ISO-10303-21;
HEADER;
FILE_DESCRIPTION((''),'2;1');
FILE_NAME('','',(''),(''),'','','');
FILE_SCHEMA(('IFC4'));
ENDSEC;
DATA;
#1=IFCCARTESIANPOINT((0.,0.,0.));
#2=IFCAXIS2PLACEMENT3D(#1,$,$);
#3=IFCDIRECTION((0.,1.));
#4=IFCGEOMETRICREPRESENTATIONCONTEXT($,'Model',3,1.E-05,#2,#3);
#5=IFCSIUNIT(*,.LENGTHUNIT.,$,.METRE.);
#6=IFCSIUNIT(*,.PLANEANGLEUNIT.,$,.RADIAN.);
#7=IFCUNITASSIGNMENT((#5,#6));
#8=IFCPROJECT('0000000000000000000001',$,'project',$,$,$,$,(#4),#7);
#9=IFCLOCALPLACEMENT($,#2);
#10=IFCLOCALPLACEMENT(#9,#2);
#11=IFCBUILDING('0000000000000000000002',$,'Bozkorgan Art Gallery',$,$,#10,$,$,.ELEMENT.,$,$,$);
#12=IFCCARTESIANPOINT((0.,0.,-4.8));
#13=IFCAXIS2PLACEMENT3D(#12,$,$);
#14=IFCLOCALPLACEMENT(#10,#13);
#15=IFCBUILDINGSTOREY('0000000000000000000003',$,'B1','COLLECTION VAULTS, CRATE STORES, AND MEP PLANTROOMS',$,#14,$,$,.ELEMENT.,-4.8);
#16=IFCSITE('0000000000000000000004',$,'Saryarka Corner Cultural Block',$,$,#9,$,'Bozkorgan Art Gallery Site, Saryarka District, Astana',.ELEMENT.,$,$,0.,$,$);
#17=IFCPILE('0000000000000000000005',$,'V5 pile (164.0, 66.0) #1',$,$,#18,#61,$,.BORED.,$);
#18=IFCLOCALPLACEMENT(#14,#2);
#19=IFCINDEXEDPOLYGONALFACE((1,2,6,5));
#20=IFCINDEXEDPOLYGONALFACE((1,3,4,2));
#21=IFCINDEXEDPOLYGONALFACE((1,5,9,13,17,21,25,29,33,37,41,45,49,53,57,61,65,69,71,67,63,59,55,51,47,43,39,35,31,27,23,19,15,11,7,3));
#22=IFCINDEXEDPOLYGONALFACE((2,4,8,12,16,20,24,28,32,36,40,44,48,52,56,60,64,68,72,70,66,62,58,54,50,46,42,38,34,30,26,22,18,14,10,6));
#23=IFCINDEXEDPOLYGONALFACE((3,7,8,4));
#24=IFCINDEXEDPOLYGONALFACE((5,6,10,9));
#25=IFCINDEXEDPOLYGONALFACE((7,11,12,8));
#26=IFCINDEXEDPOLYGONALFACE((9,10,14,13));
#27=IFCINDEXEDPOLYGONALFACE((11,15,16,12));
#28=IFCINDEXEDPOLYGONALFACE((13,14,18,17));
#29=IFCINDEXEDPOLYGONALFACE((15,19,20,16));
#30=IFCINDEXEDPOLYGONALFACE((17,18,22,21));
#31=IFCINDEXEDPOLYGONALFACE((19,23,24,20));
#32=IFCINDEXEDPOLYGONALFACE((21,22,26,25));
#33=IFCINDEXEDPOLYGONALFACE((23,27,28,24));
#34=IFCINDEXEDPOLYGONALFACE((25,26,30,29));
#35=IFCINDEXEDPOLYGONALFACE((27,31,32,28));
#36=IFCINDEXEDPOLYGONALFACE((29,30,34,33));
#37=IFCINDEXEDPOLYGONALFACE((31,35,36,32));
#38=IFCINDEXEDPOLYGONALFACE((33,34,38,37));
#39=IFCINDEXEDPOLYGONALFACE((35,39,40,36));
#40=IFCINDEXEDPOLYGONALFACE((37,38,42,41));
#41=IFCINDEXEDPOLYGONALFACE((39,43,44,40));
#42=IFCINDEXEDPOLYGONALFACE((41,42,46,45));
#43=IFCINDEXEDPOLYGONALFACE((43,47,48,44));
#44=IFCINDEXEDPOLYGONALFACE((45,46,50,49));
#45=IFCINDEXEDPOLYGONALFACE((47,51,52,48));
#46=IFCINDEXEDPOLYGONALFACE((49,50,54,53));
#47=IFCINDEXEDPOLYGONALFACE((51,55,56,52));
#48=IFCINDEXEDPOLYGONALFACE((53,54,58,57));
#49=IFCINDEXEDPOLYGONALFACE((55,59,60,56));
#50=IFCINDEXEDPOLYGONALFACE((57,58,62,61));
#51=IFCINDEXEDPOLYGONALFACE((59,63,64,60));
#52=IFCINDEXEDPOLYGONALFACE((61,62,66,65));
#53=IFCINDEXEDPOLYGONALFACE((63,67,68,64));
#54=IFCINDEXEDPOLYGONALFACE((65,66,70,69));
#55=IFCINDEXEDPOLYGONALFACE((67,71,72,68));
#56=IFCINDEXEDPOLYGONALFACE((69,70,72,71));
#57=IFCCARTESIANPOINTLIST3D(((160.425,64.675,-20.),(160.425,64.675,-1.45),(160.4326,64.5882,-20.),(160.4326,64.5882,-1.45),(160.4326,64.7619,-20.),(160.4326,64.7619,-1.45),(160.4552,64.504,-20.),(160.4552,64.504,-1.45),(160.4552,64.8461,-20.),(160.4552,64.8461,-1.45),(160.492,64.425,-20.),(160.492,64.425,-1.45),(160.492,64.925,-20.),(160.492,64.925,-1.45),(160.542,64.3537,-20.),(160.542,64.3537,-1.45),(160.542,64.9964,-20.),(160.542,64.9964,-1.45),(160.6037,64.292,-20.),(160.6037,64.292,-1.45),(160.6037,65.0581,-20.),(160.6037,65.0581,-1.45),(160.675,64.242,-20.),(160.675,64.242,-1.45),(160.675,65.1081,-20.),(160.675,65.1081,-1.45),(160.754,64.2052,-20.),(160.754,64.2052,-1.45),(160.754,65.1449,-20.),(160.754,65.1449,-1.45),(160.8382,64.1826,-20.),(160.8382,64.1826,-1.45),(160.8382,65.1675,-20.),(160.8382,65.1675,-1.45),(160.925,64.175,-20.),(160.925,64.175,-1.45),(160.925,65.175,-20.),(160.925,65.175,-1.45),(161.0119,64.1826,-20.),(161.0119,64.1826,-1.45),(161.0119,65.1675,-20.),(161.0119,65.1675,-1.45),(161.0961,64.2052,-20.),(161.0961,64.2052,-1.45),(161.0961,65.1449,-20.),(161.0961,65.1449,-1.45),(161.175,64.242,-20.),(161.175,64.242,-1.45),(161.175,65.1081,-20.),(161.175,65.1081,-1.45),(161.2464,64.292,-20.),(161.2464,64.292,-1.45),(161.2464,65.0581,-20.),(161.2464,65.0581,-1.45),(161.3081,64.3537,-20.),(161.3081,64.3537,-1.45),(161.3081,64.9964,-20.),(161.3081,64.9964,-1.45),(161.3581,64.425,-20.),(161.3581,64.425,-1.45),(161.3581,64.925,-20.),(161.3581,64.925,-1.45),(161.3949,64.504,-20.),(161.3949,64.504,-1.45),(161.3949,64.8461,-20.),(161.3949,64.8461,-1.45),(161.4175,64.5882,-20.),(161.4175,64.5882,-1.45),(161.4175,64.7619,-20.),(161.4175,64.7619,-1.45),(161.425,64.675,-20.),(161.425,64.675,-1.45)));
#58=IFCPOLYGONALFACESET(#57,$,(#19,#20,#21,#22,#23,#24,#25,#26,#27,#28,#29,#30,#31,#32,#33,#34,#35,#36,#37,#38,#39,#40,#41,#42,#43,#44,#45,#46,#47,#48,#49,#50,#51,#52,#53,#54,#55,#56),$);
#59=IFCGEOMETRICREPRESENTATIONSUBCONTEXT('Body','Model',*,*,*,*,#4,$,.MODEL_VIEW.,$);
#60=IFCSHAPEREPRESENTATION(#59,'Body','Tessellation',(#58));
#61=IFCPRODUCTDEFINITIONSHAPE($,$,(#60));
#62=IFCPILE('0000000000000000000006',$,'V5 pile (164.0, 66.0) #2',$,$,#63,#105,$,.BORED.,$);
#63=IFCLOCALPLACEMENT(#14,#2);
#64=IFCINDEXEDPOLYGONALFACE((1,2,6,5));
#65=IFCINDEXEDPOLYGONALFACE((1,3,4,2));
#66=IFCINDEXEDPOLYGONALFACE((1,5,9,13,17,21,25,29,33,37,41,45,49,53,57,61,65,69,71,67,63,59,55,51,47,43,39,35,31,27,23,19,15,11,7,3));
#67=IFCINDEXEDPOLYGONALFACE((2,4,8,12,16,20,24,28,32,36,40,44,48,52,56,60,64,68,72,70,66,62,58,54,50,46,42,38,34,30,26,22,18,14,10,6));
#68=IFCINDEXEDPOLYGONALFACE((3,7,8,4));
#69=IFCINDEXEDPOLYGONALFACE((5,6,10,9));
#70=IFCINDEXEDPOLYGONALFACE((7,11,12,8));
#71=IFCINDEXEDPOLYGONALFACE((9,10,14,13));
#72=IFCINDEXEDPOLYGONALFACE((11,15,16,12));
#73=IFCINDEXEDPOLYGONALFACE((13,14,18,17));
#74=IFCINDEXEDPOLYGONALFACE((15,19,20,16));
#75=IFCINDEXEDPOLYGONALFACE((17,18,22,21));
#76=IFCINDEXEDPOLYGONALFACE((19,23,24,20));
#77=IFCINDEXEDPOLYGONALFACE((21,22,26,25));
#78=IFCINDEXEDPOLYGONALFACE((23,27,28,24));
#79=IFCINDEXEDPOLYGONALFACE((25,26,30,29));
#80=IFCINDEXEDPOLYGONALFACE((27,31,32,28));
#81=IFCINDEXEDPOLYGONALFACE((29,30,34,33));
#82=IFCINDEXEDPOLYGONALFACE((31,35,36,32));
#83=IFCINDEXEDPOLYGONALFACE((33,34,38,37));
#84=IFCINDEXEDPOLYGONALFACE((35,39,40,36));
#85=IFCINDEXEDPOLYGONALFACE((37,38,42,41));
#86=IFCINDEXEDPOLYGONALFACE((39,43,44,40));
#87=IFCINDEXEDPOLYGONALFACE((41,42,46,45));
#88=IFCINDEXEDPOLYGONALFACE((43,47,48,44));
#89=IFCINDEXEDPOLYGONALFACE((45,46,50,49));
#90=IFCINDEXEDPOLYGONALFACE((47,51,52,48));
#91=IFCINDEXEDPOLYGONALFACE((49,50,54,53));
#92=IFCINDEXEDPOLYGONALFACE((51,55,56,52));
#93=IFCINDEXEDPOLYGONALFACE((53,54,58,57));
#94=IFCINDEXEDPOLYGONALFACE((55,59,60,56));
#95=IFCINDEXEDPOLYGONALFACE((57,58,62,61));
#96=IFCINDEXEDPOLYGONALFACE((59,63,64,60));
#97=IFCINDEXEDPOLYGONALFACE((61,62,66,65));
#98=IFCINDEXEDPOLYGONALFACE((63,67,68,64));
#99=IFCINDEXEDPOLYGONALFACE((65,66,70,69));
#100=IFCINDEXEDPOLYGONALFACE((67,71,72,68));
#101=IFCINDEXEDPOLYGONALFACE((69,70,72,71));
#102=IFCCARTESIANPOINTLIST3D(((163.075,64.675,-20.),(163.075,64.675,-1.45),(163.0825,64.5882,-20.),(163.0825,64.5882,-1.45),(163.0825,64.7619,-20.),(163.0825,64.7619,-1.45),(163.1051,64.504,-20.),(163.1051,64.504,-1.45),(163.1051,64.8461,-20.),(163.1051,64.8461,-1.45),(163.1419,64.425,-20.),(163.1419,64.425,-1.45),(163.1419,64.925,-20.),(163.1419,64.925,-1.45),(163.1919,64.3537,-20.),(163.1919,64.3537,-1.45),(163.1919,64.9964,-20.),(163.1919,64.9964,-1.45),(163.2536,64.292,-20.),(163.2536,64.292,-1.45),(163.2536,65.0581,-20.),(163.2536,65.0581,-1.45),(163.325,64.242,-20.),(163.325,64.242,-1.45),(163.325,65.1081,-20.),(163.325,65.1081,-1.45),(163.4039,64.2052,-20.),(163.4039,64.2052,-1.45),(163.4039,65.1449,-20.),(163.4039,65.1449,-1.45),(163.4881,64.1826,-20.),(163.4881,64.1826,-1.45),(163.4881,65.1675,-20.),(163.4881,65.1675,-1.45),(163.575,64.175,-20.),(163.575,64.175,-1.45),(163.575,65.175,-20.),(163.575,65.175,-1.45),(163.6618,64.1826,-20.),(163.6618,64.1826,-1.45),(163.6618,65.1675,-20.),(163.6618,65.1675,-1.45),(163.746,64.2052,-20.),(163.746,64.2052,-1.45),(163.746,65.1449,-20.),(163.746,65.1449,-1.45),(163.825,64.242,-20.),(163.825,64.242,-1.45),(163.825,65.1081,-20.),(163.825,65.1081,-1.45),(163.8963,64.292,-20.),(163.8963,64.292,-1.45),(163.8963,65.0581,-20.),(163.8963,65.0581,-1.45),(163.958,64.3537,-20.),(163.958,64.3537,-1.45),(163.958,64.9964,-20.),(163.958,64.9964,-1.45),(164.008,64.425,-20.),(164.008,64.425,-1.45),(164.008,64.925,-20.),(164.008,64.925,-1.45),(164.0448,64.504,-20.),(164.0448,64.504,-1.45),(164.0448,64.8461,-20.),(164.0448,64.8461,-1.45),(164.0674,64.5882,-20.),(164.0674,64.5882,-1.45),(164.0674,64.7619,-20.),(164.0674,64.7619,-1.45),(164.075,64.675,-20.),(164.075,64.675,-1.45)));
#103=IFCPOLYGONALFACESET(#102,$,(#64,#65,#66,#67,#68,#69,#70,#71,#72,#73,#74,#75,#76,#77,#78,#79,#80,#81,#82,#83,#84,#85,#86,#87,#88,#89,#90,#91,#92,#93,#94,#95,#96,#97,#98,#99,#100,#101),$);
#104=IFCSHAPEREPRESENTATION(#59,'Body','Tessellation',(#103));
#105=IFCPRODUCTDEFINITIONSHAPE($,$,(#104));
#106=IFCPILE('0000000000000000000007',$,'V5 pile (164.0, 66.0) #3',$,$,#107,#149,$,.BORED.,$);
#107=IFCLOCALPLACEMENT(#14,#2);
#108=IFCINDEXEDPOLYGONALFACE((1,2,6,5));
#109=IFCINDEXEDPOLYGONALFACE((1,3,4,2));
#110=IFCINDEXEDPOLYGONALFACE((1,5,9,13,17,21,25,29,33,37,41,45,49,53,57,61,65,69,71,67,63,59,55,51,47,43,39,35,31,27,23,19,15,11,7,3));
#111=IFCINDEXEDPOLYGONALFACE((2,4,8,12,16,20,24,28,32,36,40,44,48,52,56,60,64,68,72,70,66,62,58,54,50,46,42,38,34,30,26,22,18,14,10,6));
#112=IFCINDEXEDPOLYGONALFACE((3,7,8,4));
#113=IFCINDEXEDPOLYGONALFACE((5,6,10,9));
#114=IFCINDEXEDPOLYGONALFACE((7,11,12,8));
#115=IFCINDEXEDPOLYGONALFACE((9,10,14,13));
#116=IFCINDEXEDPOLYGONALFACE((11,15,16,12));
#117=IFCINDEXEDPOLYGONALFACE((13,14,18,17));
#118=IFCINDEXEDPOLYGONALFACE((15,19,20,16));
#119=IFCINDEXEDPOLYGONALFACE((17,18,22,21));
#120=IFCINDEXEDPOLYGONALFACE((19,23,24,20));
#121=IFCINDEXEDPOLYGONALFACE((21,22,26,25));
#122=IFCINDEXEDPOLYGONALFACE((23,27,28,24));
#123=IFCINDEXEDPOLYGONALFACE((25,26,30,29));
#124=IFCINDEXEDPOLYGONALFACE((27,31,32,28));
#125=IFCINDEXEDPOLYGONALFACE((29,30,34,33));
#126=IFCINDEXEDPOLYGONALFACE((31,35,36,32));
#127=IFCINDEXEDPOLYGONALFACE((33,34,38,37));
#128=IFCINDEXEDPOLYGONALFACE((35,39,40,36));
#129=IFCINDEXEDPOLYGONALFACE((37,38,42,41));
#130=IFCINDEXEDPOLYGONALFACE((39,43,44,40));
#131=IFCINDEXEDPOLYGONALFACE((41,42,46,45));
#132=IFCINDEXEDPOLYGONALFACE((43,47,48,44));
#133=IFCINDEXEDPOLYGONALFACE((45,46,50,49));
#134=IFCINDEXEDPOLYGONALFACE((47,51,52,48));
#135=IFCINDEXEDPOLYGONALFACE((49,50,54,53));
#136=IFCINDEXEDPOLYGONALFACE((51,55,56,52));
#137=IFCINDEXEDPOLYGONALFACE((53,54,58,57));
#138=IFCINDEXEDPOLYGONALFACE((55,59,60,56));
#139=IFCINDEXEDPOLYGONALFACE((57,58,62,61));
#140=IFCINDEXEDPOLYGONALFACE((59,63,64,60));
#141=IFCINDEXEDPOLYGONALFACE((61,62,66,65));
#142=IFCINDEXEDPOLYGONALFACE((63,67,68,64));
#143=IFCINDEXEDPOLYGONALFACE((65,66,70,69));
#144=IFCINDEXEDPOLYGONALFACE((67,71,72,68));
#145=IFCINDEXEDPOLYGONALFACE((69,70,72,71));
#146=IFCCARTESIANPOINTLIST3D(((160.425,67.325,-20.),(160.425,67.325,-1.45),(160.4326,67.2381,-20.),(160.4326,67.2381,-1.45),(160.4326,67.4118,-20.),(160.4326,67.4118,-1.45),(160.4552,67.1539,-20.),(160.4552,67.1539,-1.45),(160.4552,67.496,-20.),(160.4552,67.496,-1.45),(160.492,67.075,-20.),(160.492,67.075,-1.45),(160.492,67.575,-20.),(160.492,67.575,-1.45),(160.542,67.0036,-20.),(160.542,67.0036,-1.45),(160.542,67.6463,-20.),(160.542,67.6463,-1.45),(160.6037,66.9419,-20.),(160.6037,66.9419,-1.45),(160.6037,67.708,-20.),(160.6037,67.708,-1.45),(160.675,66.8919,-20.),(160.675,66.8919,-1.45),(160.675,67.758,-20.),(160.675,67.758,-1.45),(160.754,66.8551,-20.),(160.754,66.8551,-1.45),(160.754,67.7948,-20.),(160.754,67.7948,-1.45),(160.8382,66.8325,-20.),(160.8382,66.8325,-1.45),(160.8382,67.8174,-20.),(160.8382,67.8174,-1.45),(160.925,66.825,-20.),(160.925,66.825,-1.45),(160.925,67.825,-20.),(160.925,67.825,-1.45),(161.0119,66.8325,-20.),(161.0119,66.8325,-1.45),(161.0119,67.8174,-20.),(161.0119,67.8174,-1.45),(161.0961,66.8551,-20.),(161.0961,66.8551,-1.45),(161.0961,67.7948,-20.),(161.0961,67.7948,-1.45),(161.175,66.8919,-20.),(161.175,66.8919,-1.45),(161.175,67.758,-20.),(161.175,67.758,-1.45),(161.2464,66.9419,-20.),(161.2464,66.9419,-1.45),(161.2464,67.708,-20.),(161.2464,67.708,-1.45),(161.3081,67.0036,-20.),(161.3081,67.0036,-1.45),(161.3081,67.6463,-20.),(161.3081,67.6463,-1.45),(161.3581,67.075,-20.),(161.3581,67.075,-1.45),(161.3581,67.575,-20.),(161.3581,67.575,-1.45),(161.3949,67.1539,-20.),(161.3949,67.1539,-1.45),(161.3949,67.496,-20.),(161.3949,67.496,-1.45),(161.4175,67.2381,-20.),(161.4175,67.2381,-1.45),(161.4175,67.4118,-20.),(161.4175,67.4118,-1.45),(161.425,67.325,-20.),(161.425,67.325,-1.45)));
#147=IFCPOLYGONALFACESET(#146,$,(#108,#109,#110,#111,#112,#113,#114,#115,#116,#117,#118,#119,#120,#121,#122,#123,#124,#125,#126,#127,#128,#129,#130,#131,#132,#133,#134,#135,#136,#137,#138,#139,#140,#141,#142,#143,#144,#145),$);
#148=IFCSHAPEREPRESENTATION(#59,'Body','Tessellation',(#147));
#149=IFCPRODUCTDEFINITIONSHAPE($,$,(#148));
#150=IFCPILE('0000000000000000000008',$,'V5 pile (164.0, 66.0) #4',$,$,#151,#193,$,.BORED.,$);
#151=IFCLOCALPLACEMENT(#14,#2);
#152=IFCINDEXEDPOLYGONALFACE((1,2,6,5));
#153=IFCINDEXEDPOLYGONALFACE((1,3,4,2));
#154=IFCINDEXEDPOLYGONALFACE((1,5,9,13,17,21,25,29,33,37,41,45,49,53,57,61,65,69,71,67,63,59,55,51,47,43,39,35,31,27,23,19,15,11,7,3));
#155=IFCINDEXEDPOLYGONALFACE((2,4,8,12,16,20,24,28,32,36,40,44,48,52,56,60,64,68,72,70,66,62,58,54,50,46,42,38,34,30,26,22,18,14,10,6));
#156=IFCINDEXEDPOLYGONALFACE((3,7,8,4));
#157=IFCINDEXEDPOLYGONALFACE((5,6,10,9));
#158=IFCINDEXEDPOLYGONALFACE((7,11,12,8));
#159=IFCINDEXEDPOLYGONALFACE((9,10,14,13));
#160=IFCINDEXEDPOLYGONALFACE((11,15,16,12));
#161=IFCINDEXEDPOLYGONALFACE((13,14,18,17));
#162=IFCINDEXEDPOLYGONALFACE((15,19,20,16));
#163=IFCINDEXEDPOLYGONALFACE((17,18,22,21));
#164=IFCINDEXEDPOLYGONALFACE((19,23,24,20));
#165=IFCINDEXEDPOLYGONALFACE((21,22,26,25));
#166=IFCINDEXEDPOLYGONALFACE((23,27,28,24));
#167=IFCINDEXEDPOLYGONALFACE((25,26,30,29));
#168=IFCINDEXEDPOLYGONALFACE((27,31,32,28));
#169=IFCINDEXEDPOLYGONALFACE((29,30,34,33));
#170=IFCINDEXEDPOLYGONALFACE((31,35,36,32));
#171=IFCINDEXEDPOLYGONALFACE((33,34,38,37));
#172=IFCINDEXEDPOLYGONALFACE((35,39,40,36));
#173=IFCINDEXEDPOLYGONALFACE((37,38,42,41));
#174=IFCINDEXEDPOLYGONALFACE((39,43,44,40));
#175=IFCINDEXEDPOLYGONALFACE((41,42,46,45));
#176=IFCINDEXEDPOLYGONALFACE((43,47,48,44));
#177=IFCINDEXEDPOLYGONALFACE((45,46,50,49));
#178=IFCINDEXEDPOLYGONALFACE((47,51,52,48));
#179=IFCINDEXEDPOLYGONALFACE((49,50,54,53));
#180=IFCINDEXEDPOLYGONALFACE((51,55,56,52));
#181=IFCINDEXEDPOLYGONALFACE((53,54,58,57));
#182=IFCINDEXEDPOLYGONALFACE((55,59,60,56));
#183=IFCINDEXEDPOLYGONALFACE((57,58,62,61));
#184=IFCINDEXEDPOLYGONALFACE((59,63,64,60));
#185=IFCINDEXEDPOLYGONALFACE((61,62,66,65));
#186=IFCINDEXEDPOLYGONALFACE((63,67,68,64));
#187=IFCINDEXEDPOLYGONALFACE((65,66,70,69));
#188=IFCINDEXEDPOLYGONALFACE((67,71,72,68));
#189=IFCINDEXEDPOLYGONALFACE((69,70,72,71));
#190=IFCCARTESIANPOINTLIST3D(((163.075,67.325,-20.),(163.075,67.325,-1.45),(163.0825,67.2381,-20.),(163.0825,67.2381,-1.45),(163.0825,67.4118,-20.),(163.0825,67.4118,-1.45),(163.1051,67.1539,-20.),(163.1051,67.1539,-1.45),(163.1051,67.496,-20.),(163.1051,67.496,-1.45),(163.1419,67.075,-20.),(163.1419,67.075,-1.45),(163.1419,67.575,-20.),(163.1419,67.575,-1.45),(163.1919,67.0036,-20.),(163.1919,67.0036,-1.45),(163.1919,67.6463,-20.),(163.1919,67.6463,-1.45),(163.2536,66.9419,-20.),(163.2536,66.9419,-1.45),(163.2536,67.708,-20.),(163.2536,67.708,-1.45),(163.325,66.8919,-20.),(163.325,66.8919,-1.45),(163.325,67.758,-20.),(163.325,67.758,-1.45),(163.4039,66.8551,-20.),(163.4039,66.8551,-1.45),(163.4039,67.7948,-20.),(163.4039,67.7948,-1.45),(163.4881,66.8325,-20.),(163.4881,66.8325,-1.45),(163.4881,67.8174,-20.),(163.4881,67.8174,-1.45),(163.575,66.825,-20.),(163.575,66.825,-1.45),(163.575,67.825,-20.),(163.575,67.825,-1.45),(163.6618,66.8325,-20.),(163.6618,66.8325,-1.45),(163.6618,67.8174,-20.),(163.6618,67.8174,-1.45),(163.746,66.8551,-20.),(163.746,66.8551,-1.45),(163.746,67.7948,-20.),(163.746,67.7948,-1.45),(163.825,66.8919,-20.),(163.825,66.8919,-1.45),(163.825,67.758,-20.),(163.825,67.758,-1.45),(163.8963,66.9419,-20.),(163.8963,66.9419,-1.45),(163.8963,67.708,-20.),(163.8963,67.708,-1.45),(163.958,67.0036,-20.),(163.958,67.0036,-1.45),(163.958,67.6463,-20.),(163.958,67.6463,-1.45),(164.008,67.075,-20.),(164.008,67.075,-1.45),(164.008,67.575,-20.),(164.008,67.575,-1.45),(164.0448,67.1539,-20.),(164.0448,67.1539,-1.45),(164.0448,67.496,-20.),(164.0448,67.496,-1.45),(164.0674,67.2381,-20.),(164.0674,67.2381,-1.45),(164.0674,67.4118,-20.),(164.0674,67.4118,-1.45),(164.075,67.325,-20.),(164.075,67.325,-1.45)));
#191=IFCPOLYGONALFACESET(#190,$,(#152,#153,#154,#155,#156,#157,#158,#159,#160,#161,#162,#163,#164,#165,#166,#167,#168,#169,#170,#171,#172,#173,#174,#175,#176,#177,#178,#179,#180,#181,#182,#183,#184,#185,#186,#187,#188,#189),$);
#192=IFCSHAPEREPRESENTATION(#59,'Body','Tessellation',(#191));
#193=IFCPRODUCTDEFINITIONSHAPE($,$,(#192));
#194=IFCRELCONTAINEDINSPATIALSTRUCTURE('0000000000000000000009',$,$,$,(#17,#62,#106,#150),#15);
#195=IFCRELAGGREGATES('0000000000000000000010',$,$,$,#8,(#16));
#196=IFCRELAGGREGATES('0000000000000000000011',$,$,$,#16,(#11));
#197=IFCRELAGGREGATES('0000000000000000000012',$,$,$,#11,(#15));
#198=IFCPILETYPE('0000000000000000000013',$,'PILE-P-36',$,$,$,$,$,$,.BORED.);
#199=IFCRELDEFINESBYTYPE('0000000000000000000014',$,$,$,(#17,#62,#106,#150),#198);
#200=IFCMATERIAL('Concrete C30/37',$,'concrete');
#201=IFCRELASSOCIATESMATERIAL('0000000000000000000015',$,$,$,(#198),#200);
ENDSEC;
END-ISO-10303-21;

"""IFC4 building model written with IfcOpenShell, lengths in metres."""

from ifc_helpers import new_model, si_unit, direction, frame, origin, origin_2d, place, context, subcontext, project, spatial, circle, extrude, material, material_profile, profile_set, type_object, element, save


model = new_model("IFC4")

# Units and contexts
model_context = context("Model", 3, precision=1e-05, world=origin(), true_north=direction((0.0, 1.0)))
body_context = subcontext(model_context, "Body", "Model", "MODEL_VIEW")
ifc_project = project(units=[si_unit("LENGTHUNIT", "METRE"), si_unit("PLANEANGLEUNIT", "RADIAN")], contexts=[model_context])

# Site, building, storey
site_placement = place(None, origin())
site = spatial("IfcSite", under=ifc_project, at=site_placement, Name="Saryarka Corner Cultural Block", LongName="Bozkorgan Art Gallery Site, Saryarka District, Astana", CompositionType="ELEMENT", RefElevation=0.0)
building_placement = place(site_placement, origin())
building = spatial("IfcBuilding", under=site, at=building_placement, Name="Bozkorgan Art Gallery", CompositionType="ELEMENT")
storey_placement = place(building_placement, frame((0.0, 0.0, -4.8)))
storey = spatial("IfcBuildingStorey", under=building, at=storey_placement, Name="B1", Description="COLLECTION VAULTS, CRATE STORES, AND MEP PLANTROOMS", CompositionType="ELEMENT", Elevation=-4.8)

# Shared definitions
ifc_material_1 = material(Name="Concrete C30/37", Category="concrete")

# Piles
ifc_material_profile_1 = material_profile(ifc_material_1, circle(Radius=0.5, at=origin_2d()), Name="PILE D1000")
ifc_profile_set_1 = profile_set([ifc_material_profile_1], Name="Concrete C30/37")
pile_type = type_object("IfcPileType", Name="PILE-P-36", PredefinedType="BORED", material=ifc_profile_set_1)
for number, where, z_axis, x_axis, name in (
    (1, (160.925, 64.675, -1.45), (0.0, 0.0, -1.0), (1.0, 0.0, 0.0), "V5 pile (164.0, 66.0) #1"),
    (2, (163.575, 64.675, -1.45), (0.0, 0.0, -1.0), (1.0, 0.0, 0.0), "V5 pile (164.0, 66.0) #2"),
    (3, (160.925, 67.325, -1.45), (0.0, 0.0, -1.0), (1.0, 0.0, 0.0), "V5 pile (164.0, 66.0) #3"),
    (4, (163.575, 67.325, -1.45), (0.0, 0.0, -1.0), (1.0, 0.0, 0.0), "V5 pile (164.0, 66.0) #4"),
):
    element("IfcPile", number, at=place(storey_placement, frame(where, z_axis=z_axis, x_axis=x_axis)), inside=storey, type_object=pile_type, Name=name, PredefinedType="BORED", context=body_context, shape_type="SweptSolid", body=[
        extrude(circle(Radius=0.5, at=origin_2d()), origin(), (0.0, 0.0, 1.0), 18.55),
    ])

save(model, "model.ifc")
